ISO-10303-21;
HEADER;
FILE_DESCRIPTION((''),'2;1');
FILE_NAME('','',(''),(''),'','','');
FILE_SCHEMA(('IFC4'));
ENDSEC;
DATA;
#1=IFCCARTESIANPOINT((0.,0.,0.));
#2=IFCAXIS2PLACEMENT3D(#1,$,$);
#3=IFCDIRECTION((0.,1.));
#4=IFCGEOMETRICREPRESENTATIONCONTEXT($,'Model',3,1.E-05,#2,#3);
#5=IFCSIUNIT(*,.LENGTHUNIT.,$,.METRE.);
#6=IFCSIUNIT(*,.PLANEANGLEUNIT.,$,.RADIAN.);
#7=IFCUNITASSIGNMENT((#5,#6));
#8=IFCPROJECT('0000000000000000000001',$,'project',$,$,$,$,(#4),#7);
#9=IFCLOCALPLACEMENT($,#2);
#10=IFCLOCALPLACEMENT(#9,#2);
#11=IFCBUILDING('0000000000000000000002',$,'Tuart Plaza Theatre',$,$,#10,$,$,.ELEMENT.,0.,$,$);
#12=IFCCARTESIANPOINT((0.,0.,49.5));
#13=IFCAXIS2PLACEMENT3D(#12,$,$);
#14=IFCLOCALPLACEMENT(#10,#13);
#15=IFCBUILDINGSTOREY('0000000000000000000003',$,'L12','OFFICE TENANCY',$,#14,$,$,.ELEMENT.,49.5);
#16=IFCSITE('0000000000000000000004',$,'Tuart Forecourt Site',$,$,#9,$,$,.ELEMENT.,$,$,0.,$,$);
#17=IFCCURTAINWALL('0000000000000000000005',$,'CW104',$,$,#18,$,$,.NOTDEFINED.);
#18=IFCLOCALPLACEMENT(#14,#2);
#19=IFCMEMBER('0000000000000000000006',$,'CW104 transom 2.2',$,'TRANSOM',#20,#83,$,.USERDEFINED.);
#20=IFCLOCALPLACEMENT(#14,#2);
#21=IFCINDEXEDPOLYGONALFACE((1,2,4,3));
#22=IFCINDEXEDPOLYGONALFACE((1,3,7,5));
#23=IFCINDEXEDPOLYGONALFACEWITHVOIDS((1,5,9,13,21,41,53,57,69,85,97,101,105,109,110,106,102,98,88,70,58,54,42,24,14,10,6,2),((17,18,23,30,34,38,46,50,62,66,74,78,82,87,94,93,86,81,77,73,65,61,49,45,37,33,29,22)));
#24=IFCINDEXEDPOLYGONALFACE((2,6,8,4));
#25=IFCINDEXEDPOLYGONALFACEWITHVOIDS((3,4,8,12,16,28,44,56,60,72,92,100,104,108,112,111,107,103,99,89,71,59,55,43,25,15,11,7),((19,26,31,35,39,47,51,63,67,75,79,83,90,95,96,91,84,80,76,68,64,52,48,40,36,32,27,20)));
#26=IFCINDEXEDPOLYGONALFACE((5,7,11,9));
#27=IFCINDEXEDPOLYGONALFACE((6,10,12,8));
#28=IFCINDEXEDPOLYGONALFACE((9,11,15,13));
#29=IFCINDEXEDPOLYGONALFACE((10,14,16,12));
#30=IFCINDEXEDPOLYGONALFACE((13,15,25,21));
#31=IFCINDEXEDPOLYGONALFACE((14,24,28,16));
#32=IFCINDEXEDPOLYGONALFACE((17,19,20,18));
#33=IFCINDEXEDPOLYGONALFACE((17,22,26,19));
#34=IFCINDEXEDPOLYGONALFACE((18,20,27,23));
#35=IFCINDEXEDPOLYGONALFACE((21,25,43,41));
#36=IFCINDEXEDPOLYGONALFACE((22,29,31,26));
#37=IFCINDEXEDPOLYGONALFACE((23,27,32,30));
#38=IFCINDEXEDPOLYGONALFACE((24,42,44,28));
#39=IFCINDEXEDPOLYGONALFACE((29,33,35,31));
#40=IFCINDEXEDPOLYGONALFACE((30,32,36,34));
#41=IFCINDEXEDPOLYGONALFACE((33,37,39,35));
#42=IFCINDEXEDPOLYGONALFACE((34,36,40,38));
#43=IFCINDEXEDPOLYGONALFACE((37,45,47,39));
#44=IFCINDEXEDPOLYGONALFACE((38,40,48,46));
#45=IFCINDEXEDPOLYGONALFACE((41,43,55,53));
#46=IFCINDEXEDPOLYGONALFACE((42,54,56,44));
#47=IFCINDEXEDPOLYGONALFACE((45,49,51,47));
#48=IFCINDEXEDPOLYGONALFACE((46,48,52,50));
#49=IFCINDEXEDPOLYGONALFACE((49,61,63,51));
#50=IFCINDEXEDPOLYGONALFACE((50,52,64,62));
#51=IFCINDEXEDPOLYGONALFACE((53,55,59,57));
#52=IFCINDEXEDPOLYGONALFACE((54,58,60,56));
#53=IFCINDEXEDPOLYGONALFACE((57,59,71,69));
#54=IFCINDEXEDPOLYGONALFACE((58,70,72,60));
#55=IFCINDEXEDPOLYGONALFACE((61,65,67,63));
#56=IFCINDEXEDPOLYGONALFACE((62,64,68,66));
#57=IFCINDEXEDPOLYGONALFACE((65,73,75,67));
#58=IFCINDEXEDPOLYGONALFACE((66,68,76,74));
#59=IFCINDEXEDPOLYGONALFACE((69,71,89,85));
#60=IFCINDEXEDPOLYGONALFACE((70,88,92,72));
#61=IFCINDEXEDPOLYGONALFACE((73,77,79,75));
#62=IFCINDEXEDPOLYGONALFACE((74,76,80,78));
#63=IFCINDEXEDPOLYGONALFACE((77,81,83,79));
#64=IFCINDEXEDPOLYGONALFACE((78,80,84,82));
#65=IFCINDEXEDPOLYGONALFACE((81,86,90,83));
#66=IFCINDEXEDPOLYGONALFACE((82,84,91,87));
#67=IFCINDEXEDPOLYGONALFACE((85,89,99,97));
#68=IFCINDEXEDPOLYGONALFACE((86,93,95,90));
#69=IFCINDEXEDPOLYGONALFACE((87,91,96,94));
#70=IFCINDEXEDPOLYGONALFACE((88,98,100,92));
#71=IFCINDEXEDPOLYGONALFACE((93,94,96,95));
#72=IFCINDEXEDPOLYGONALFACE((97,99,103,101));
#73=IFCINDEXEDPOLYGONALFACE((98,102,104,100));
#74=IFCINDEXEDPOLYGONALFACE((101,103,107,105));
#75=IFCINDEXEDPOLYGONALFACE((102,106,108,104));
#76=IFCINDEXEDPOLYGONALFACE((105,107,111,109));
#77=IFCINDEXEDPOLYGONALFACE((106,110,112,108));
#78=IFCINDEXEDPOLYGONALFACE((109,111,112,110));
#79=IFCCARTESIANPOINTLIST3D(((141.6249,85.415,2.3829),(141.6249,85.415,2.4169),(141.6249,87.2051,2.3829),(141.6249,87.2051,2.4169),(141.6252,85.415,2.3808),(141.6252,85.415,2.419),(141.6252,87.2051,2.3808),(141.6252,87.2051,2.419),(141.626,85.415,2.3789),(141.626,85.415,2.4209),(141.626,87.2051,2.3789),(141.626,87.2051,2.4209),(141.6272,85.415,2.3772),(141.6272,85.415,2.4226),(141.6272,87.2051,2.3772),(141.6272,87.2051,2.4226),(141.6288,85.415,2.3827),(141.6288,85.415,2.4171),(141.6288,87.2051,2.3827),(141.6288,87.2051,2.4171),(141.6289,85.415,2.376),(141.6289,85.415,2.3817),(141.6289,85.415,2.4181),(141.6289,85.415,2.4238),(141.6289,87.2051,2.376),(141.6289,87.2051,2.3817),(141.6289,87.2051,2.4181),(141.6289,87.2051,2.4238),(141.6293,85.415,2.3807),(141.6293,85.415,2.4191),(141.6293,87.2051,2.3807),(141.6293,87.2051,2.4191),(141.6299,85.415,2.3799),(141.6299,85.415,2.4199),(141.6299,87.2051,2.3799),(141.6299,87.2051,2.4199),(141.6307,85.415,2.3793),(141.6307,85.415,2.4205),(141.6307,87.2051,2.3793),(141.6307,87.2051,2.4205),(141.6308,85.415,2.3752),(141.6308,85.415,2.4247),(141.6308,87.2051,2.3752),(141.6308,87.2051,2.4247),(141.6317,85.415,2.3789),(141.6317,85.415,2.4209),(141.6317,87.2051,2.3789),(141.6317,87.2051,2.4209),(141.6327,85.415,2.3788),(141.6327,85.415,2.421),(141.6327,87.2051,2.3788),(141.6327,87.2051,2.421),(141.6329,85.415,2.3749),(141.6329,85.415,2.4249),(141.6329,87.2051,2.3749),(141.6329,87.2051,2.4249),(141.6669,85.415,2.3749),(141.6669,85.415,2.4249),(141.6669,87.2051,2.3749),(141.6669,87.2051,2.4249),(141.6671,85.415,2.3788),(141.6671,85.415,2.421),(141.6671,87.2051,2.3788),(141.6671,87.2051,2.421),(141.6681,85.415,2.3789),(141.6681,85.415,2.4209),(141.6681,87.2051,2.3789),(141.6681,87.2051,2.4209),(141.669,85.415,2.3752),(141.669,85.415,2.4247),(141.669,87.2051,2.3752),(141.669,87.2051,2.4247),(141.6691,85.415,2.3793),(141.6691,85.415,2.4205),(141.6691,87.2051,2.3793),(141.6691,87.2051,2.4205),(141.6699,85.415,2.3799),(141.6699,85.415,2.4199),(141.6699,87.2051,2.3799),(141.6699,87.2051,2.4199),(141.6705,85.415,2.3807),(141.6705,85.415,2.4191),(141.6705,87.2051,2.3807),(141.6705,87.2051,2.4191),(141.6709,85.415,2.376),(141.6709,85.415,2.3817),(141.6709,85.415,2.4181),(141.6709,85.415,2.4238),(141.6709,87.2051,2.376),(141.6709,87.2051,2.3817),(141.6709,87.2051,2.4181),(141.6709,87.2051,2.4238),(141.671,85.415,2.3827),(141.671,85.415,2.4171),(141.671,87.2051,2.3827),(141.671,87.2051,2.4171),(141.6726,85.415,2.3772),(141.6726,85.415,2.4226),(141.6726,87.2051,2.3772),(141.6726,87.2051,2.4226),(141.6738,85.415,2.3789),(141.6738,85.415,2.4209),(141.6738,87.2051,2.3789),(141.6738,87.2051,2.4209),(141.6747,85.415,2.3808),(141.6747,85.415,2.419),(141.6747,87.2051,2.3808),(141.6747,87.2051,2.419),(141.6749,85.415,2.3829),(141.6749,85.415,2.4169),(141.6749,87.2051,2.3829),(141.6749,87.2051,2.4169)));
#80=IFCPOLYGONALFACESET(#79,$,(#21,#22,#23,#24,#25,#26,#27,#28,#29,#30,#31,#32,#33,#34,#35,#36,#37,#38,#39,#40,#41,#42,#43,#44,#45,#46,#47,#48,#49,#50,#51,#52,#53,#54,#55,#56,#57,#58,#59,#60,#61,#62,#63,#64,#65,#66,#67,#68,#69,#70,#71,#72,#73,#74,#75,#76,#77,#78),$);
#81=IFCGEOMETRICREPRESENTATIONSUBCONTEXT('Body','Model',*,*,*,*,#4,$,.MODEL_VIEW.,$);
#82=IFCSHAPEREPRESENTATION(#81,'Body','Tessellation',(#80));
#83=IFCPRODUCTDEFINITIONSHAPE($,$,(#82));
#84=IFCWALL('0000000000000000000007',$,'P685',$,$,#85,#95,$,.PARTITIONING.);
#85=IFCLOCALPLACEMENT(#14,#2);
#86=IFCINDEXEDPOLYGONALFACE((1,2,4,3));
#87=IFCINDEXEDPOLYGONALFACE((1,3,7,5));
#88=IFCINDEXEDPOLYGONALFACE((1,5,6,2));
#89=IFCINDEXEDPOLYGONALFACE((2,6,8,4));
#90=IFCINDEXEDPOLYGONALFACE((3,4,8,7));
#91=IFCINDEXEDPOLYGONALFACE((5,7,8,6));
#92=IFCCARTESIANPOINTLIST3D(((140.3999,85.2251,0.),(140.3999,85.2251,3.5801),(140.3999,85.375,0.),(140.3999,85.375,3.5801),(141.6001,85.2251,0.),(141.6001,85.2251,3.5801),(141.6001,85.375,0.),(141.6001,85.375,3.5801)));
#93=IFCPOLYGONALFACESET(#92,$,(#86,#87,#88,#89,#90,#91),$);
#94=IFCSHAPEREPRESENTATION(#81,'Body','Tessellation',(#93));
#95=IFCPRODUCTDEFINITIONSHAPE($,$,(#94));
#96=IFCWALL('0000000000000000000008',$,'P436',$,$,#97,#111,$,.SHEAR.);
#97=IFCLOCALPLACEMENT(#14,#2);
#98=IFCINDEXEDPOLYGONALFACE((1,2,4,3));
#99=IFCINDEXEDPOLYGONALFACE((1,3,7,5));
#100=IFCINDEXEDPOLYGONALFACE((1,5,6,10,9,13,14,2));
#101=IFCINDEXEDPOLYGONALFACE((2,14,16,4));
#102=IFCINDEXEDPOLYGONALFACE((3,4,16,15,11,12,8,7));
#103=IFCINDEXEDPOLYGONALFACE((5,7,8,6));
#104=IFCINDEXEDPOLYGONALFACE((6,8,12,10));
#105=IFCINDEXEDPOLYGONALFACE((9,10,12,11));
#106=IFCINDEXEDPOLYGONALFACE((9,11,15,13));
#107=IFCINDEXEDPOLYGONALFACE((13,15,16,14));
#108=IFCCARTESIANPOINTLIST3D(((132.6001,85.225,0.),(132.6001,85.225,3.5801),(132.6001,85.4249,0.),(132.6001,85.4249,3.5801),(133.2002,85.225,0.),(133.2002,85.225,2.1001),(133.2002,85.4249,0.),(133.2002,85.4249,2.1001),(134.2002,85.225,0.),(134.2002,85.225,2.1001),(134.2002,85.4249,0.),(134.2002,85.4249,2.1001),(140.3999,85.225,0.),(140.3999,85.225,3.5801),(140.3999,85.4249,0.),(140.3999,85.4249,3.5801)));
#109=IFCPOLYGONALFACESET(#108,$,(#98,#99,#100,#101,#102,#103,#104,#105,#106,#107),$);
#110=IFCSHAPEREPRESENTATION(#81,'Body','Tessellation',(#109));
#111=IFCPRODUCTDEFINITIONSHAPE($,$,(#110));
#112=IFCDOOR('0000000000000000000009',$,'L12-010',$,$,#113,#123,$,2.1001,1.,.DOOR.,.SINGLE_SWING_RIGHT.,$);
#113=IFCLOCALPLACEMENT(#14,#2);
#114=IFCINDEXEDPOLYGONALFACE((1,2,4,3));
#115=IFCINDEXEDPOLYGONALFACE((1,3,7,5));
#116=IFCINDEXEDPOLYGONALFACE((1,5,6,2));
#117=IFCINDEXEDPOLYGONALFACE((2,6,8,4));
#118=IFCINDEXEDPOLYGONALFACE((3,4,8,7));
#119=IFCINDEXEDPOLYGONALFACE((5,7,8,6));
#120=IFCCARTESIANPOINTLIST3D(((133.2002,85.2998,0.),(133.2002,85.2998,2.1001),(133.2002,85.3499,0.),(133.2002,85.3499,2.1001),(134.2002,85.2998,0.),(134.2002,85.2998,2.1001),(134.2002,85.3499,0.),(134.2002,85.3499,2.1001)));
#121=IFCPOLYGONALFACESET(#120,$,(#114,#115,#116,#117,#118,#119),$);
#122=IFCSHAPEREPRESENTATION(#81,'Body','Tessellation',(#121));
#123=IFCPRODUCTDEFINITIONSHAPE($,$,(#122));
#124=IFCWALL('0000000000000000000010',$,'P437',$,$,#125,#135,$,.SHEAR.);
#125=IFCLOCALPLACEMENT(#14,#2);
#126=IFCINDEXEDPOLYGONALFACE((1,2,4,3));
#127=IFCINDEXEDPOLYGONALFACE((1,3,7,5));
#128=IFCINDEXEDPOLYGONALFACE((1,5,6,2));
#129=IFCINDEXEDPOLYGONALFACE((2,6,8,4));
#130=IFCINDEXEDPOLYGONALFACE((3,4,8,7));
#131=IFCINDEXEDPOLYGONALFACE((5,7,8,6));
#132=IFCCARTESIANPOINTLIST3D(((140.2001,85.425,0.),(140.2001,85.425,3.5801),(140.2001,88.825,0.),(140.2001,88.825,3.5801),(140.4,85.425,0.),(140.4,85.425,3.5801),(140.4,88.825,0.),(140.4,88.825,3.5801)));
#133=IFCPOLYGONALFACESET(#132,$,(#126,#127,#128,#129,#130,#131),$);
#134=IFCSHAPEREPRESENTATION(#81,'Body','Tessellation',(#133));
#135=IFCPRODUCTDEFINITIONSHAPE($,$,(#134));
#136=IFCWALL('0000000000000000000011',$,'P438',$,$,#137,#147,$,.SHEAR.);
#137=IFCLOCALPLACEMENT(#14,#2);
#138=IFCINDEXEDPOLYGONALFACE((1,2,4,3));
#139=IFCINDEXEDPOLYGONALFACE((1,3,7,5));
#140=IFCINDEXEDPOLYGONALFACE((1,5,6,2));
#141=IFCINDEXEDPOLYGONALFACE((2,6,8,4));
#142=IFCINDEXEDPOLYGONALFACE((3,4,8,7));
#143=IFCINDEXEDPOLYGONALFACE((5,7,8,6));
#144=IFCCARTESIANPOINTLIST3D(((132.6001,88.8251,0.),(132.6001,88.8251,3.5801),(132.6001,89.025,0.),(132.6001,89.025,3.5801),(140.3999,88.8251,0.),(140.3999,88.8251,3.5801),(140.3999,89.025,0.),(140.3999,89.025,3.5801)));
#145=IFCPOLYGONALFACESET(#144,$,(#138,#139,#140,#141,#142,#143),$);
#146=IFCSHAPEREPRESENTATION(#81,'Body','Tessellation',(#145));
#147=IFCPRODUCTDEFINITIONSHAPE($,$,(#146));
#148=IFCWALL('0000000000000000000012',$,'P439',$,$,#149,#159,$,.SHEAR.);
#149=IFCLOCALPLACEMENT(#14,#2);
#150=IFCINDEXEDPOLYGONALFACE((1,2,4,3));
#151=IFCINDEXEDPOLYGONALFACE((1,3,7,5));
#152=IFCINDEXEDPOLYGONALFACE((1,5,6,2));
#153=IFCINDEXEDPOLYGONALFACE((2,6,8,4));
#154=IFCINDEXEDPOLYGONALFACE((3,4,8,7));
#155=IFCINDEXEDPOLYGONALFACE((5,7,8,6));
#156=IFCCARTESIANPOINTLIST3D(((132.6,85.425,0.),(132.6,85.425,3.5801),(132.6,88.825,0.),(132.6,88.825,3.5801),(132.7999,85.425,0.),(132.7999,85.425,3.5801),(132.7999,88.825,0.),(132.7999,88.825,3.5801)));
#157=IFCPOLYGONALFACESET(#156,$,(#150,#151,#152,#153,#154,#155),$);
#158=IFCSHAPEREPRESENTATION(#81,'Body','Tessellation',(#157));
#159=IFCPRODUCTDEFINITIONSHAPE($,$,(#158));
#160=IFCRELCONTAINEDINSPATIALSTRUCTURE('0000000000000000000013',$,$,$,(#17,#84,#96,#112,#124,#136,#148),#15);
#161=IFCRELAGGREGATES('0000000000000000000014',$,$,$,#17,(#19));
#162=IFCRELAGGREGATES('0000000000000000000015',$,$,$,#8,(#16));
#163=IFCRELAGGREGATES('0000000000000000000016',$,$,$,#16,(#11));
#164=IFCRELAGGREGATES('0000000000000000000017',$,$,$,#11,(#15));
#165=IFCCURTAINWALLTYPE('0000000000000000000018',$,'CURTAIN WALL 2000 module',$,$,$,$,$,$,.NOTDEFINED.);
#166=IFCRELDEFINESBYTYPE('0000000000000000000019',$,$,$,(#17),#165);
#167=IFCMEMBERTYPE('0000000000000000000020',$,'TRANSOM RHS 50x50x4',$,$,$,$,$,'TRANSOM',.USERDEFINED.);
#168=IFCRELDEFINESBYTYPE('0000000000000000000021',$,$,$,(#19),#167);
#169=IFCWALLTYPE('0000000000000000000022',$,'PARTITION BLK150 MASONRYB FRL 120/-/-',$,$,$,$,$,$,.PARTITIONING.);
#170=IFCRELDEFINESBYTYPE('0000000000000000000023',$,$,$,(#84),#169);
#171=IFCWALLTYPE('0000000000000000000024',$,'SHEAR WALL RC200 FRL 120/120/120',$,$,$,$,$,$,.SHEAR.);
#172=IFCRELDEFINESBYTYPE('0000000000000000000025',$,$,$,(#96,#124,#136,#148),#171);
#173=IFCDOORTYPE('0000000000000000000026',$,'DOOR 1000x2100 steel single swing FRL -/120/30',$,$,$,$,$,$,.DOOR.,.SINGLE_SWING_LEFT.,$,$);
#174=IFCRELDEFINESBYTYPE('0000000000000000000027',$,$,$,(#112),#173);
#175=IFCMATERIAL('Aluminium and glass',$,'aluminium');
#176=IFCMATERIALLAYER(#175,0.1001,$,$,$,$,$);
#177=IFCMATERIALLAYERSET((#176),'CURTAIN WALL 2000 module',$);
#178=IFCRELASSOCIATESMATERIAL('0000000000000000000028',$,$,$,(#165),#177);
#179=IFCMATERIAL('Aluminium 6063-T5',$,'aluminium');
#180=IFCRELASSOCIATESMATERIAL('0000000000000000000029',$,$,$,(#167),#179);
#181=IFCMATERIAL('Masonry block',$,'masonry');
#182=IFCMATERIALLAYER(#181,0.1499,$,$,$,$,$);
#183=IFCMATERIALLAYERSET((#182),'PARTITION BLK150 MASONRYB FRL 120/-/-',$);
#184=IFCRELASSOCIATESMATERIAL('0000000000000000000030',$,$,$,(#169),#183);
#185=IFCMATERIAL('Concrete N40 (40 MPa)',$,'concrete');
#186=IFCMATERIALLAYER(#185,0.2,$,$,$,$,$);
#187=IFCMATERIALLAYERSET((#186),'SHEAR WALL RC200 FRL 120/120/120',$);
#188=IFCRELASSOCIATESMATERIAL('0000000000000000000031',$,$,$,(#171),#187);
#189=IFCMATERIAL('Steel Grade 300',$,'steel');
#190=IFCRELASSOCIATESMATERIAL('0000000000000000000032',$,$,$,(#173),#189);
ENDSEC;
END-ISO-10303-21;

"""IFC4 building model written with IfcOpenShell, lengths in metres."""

from ifc_helpers import new_model, si_unit, direction, frame, frame_2d, origin, origin_2d, place, context, subcontext, project, spatial, rectangle, hollow_rectangle, extrude, material, layer, layer_set, material_profile, profile_set, type_object, element, fill, aggregate, save


model = new_model("IFC4")

# Units and contexts
model_context = context("Model", 3, precision=1e-05, world=origin(), true_north=direction((0.0, 1.0)))
body_context = subcontext(model_context, "Body", "Model", "MODEL_VIEW")
ifc_project = project(units=[si_unit("LENGTHUNIT", "METRE"), si_unit("PLANEANGLEUNIT", "RADIAN")], contexts=[model_context])

# Site, building, storey
site_placement = place(None, origin())
site = spatial("IfcSite", under=ifc_project, at=site_placement, Name="Tuart Forecourt Site", CompositionType="ELEMENT", RefElevation=0.0)
building_placement = place(site_placement, origin())
building = spatial("IfcBuilding", under=site, at=building_placement, Name="Tuart Plaza Theatre", CompositionType="ELEMENT", ElevationOfRefHeight=0.0)
storey_placement = place(building_placement, frame((0.0, 0.0, 49.5)))
storey = spatial("IfcBuildingStorey", under=building, at=storey_placement, Name="L12", Description="OFFICE TENANCY", CompositionType="ELEMENT", Elevation=49.5)

# Curtain wall, member
ifc_material_1 = material(Name="Aluminium and glass", Category="aluminium")
ifc_layer_1 = layer(ifc_material_1, 0.1001)
ifc_layer_set_1 = layer_set([ifc_layer_1], Name="CURTAIN WALL 2000 module")
curtain_wall_type = type_object("IfcCurtainWallType", Name="CURTAIN WALL 2000 module", PredefinedType="NOTDEFINED", material=ifc_layer_set_1)
curtain_wall_placement = place(storey_placement, origin())
curtain_wall = element("IfcCurtainWall", 1, at=curtain_wall_placement, inside=storey, type_object=curtain_wall_type, Name="CW104", PredefinedType="NOTDEFINED")
ifc_material_2 = material(Name="Aluminium 6063-T5", Category="aluminium")
ifc_material_profile_1 = material_profile(ifc_material_2, hollow_rectangle(XDim=0.05, YDim=0.05, WallThickness=0.0039, InnerFilletRadius=0.0039, OuterFilletRadius=0.0081, at=origin_2d()), Name="RHS 50x50x4")
ifc_profile_set_1 = profile_set([ifc_material_profile_1], Name="Aluminium 6063-T5")
member_type_1 = type_object("IfcMemberType", Name="TRANSOM RHS 50x50x4", ElementType="TRANSOM", PredefinedType="USERDEFINED", material=ifc_profile_set_1)
member_1_placement = place(storey_placement, frame((141.6499, 85.415, 2.3999), z_axis=(0.0, 1.0, 0.0), x_axis=(-1.0, 0.0, 0.0)))
member_1 = element("IfcMember", 2, at=member_1_placement, type_object=member_type_1, Name="CW104 transom 2.2", ObjectType="TRANSOM", PredefinedType="USERDEFINED", context=body_context, shape_type="SweptSolid", body=[
    extrude(hollow_rectangle(XDim=0.05, YDim=0.05, WallThickness=0.0039, InnerFilletRadius=0.0039, OuterFilletRadius=0.0081, at=origin_2d()), origin(), (0.0, 0.0, 1.0), 1.79),
])
aggregate(curtain_wall, [member_1])

# Wall
ifc_material_3 = material(Name="Masonry block", Category="masonry")
ifc_layer_2 = layer(ifc_material_3, 0.1499)
ifc_layer_set_2 = layer_set([ifc_layer_2], Name="PARTITION BLK150 MASONRYB FRL 120/-/-")
wall_type_1 = type_object("IfcWallType", Name="PARTITION BLK150 MASONRYB FRL 120/-/-", PredefinedType="PARTITIONING", material=ifc_layer_set_2)
wall_1_placement = place(storey_placement, frame((140.3999, 85.3, 0.0), z_axis=(0.0, 0.0, 1.0), x_axis=(1.0, 0.0, 0.0)))
element("IfcWall", 3, at=wall_1_placement, inside=storey, type_object=wall_type_1, Name="P685", PredefinedType="PARTITIONING", context=body_context, shape_type="SweptSolid", body=[
    extrude(rectangle(XDim=1.2002, YDim=0.1499, at=frame_2d((0.6001, 0.0))), origin(), (0.0, 0.0, 1.0), 3.5801),
])

# Wall, opening, door
ifc_material_4 = material(Name="Concrete N40 (40 MPa)", Category="concrete")
ifc_layer_3 = layer(ifc_material_4, 0.2)
ifc_layer_set_3 = layer_set([ifc_layer_3], Name="SHEAR WALL RC200 FRL 120/120/120")
wall_type_2 = type_object("IfcWallType", Name="SHEAR WALL RC200 FRL 120/120/120", PredefinedType="SHEAR", material=ifc_layer_set_3)
wall_2_placement = place(storey_placement, frame((132.6001, 85.325, 0.0), z_axis=(0.0, 0.0, 1.0), x_axis=(1.0, 0.0, 0.0)))
wall_2 = element("IfcWall", 4, at=wall_2_placement, inside=storey, type_object=wall_type_2, Name="P436", PredefinedType="SHEAR", context=body_context, shape_type="SweptSolid", body=[
    extrude(rectangle(XDim=7.7998, YDim=0.2, at=frame_2d((3.8999, 0.0))), origin(), (0.0, 0.0, 1.0), 3.5801),
])
opening_placement = place(wall_2_placement, frame((0.6001, 0.0, 0.0)))
opening = element("IfcOpeningElement", 5, at=opening_placement, cuts=wall_2, PredefinedType="OPENING", context=body_context, shape_type="SweptSolid", body=[
    extrude(rectangle(XDim=1.0, YDim=2.1001, at=frame_2d((0.5, 1.05))), frame((0.0, 0.1099, 0.0), z_axis=(0.0, -1.0, 0.0), x_axis=(1.0, 0.0, 0.0)), (0.0, 0.0, 1.0), 0.22),
])
ifc_material_5 = material(Name="Steel Grade 300", Category="steel")
door_type = type_object("IfcDoorType", Name="DOOR 1000x2100 steel single swing FRL -/120/30", OperationType="SINGLE_SWING_LEFT", PredefinedType="DOOR", material=ifc_material_5)
door_placement = place(opening_placement, origin())
door = element("IfcDoor", 6, at=door_placement, inside=storey, type_object=door_type, Name="L12-010", OperationType="SINGLE_SWING_RIGHT", OverallHeight=2.1001, OverallWidth=1.0, PredefinedType="DOOR", context=body_context, shape_type="SweptSolid", body=[
    extrude(rectangle(XDim=1.0, YDim=2.1001, at=frame_2d((0.5, 1.05))), frame((0.0, 0.0249, 0.0), z_axis=(0.0, -1.0, 0.0), x_axis=(1.0, 0.0, 0.0)), (0.0, 0.0, 1.0), 0.05),
])
fill(opening, door)

# Walls
wall_3_placement = place(storey_placement, frame((140.3, 85.425, 0.0), z_axis=(0.0, 0.0, 1.0), x_axis=(0.0, 1.0, 0.0)))
element("IfcWall", 7, at=wall_3_placement, inside=storey, type_object=wall_type_2, Name="P437", PredefinedType="SHEAR", context=body_context, shape_type="SweptSolid", body=[
    extrude(rectangle(XDim=3.3999, YDim=0.2, at=frame_2d((1.7, 0.0))), origin(), (0.0, 0.0, 1.0), 3.5801),
])
wall_4_placement = place(storey_placement, frame((140.3999, 88.925, 0.0), z_axis=(0.0, 0.0, 1.0), x_axis=(-1.0, 0.0, 0.0)))
element("IfcWall", 8, at=wall_4_placement, inside=storey, type_object=wall_type_2, Name="P438", PredefinedType="SHEAR", context=body_context, shape_type="SweptSolid", body=[
    extrude(rectangle(XDim=7.7998, YDim=0.2, at=frame_2d((3.8999, 0.0))), origin(), (0.0, 0.0, 1.0), 3.5801),
])
wall_5_placement = place(storey_placement, frame((132.7, 88.825, 0.0), z_axis=(0.0, 0.0, 1.0), x_axis=(0.0, -1.0, 0.0)))
element("IfcWall", 9, at=wall_5_placement, inside=storey, type_object=wall_type_2, Name="P439", PredefinedType="SHEAR", context=body_context, shape_type="SweptSolid", body=[
    extrude(rectangle(XDim=3.3999, YDim=0.2, at=frame_2d((1.7, 0.0))), origin(), (0.0, 0.0, 1.0), 3.5801),
])

save(model, "model.ifc")
